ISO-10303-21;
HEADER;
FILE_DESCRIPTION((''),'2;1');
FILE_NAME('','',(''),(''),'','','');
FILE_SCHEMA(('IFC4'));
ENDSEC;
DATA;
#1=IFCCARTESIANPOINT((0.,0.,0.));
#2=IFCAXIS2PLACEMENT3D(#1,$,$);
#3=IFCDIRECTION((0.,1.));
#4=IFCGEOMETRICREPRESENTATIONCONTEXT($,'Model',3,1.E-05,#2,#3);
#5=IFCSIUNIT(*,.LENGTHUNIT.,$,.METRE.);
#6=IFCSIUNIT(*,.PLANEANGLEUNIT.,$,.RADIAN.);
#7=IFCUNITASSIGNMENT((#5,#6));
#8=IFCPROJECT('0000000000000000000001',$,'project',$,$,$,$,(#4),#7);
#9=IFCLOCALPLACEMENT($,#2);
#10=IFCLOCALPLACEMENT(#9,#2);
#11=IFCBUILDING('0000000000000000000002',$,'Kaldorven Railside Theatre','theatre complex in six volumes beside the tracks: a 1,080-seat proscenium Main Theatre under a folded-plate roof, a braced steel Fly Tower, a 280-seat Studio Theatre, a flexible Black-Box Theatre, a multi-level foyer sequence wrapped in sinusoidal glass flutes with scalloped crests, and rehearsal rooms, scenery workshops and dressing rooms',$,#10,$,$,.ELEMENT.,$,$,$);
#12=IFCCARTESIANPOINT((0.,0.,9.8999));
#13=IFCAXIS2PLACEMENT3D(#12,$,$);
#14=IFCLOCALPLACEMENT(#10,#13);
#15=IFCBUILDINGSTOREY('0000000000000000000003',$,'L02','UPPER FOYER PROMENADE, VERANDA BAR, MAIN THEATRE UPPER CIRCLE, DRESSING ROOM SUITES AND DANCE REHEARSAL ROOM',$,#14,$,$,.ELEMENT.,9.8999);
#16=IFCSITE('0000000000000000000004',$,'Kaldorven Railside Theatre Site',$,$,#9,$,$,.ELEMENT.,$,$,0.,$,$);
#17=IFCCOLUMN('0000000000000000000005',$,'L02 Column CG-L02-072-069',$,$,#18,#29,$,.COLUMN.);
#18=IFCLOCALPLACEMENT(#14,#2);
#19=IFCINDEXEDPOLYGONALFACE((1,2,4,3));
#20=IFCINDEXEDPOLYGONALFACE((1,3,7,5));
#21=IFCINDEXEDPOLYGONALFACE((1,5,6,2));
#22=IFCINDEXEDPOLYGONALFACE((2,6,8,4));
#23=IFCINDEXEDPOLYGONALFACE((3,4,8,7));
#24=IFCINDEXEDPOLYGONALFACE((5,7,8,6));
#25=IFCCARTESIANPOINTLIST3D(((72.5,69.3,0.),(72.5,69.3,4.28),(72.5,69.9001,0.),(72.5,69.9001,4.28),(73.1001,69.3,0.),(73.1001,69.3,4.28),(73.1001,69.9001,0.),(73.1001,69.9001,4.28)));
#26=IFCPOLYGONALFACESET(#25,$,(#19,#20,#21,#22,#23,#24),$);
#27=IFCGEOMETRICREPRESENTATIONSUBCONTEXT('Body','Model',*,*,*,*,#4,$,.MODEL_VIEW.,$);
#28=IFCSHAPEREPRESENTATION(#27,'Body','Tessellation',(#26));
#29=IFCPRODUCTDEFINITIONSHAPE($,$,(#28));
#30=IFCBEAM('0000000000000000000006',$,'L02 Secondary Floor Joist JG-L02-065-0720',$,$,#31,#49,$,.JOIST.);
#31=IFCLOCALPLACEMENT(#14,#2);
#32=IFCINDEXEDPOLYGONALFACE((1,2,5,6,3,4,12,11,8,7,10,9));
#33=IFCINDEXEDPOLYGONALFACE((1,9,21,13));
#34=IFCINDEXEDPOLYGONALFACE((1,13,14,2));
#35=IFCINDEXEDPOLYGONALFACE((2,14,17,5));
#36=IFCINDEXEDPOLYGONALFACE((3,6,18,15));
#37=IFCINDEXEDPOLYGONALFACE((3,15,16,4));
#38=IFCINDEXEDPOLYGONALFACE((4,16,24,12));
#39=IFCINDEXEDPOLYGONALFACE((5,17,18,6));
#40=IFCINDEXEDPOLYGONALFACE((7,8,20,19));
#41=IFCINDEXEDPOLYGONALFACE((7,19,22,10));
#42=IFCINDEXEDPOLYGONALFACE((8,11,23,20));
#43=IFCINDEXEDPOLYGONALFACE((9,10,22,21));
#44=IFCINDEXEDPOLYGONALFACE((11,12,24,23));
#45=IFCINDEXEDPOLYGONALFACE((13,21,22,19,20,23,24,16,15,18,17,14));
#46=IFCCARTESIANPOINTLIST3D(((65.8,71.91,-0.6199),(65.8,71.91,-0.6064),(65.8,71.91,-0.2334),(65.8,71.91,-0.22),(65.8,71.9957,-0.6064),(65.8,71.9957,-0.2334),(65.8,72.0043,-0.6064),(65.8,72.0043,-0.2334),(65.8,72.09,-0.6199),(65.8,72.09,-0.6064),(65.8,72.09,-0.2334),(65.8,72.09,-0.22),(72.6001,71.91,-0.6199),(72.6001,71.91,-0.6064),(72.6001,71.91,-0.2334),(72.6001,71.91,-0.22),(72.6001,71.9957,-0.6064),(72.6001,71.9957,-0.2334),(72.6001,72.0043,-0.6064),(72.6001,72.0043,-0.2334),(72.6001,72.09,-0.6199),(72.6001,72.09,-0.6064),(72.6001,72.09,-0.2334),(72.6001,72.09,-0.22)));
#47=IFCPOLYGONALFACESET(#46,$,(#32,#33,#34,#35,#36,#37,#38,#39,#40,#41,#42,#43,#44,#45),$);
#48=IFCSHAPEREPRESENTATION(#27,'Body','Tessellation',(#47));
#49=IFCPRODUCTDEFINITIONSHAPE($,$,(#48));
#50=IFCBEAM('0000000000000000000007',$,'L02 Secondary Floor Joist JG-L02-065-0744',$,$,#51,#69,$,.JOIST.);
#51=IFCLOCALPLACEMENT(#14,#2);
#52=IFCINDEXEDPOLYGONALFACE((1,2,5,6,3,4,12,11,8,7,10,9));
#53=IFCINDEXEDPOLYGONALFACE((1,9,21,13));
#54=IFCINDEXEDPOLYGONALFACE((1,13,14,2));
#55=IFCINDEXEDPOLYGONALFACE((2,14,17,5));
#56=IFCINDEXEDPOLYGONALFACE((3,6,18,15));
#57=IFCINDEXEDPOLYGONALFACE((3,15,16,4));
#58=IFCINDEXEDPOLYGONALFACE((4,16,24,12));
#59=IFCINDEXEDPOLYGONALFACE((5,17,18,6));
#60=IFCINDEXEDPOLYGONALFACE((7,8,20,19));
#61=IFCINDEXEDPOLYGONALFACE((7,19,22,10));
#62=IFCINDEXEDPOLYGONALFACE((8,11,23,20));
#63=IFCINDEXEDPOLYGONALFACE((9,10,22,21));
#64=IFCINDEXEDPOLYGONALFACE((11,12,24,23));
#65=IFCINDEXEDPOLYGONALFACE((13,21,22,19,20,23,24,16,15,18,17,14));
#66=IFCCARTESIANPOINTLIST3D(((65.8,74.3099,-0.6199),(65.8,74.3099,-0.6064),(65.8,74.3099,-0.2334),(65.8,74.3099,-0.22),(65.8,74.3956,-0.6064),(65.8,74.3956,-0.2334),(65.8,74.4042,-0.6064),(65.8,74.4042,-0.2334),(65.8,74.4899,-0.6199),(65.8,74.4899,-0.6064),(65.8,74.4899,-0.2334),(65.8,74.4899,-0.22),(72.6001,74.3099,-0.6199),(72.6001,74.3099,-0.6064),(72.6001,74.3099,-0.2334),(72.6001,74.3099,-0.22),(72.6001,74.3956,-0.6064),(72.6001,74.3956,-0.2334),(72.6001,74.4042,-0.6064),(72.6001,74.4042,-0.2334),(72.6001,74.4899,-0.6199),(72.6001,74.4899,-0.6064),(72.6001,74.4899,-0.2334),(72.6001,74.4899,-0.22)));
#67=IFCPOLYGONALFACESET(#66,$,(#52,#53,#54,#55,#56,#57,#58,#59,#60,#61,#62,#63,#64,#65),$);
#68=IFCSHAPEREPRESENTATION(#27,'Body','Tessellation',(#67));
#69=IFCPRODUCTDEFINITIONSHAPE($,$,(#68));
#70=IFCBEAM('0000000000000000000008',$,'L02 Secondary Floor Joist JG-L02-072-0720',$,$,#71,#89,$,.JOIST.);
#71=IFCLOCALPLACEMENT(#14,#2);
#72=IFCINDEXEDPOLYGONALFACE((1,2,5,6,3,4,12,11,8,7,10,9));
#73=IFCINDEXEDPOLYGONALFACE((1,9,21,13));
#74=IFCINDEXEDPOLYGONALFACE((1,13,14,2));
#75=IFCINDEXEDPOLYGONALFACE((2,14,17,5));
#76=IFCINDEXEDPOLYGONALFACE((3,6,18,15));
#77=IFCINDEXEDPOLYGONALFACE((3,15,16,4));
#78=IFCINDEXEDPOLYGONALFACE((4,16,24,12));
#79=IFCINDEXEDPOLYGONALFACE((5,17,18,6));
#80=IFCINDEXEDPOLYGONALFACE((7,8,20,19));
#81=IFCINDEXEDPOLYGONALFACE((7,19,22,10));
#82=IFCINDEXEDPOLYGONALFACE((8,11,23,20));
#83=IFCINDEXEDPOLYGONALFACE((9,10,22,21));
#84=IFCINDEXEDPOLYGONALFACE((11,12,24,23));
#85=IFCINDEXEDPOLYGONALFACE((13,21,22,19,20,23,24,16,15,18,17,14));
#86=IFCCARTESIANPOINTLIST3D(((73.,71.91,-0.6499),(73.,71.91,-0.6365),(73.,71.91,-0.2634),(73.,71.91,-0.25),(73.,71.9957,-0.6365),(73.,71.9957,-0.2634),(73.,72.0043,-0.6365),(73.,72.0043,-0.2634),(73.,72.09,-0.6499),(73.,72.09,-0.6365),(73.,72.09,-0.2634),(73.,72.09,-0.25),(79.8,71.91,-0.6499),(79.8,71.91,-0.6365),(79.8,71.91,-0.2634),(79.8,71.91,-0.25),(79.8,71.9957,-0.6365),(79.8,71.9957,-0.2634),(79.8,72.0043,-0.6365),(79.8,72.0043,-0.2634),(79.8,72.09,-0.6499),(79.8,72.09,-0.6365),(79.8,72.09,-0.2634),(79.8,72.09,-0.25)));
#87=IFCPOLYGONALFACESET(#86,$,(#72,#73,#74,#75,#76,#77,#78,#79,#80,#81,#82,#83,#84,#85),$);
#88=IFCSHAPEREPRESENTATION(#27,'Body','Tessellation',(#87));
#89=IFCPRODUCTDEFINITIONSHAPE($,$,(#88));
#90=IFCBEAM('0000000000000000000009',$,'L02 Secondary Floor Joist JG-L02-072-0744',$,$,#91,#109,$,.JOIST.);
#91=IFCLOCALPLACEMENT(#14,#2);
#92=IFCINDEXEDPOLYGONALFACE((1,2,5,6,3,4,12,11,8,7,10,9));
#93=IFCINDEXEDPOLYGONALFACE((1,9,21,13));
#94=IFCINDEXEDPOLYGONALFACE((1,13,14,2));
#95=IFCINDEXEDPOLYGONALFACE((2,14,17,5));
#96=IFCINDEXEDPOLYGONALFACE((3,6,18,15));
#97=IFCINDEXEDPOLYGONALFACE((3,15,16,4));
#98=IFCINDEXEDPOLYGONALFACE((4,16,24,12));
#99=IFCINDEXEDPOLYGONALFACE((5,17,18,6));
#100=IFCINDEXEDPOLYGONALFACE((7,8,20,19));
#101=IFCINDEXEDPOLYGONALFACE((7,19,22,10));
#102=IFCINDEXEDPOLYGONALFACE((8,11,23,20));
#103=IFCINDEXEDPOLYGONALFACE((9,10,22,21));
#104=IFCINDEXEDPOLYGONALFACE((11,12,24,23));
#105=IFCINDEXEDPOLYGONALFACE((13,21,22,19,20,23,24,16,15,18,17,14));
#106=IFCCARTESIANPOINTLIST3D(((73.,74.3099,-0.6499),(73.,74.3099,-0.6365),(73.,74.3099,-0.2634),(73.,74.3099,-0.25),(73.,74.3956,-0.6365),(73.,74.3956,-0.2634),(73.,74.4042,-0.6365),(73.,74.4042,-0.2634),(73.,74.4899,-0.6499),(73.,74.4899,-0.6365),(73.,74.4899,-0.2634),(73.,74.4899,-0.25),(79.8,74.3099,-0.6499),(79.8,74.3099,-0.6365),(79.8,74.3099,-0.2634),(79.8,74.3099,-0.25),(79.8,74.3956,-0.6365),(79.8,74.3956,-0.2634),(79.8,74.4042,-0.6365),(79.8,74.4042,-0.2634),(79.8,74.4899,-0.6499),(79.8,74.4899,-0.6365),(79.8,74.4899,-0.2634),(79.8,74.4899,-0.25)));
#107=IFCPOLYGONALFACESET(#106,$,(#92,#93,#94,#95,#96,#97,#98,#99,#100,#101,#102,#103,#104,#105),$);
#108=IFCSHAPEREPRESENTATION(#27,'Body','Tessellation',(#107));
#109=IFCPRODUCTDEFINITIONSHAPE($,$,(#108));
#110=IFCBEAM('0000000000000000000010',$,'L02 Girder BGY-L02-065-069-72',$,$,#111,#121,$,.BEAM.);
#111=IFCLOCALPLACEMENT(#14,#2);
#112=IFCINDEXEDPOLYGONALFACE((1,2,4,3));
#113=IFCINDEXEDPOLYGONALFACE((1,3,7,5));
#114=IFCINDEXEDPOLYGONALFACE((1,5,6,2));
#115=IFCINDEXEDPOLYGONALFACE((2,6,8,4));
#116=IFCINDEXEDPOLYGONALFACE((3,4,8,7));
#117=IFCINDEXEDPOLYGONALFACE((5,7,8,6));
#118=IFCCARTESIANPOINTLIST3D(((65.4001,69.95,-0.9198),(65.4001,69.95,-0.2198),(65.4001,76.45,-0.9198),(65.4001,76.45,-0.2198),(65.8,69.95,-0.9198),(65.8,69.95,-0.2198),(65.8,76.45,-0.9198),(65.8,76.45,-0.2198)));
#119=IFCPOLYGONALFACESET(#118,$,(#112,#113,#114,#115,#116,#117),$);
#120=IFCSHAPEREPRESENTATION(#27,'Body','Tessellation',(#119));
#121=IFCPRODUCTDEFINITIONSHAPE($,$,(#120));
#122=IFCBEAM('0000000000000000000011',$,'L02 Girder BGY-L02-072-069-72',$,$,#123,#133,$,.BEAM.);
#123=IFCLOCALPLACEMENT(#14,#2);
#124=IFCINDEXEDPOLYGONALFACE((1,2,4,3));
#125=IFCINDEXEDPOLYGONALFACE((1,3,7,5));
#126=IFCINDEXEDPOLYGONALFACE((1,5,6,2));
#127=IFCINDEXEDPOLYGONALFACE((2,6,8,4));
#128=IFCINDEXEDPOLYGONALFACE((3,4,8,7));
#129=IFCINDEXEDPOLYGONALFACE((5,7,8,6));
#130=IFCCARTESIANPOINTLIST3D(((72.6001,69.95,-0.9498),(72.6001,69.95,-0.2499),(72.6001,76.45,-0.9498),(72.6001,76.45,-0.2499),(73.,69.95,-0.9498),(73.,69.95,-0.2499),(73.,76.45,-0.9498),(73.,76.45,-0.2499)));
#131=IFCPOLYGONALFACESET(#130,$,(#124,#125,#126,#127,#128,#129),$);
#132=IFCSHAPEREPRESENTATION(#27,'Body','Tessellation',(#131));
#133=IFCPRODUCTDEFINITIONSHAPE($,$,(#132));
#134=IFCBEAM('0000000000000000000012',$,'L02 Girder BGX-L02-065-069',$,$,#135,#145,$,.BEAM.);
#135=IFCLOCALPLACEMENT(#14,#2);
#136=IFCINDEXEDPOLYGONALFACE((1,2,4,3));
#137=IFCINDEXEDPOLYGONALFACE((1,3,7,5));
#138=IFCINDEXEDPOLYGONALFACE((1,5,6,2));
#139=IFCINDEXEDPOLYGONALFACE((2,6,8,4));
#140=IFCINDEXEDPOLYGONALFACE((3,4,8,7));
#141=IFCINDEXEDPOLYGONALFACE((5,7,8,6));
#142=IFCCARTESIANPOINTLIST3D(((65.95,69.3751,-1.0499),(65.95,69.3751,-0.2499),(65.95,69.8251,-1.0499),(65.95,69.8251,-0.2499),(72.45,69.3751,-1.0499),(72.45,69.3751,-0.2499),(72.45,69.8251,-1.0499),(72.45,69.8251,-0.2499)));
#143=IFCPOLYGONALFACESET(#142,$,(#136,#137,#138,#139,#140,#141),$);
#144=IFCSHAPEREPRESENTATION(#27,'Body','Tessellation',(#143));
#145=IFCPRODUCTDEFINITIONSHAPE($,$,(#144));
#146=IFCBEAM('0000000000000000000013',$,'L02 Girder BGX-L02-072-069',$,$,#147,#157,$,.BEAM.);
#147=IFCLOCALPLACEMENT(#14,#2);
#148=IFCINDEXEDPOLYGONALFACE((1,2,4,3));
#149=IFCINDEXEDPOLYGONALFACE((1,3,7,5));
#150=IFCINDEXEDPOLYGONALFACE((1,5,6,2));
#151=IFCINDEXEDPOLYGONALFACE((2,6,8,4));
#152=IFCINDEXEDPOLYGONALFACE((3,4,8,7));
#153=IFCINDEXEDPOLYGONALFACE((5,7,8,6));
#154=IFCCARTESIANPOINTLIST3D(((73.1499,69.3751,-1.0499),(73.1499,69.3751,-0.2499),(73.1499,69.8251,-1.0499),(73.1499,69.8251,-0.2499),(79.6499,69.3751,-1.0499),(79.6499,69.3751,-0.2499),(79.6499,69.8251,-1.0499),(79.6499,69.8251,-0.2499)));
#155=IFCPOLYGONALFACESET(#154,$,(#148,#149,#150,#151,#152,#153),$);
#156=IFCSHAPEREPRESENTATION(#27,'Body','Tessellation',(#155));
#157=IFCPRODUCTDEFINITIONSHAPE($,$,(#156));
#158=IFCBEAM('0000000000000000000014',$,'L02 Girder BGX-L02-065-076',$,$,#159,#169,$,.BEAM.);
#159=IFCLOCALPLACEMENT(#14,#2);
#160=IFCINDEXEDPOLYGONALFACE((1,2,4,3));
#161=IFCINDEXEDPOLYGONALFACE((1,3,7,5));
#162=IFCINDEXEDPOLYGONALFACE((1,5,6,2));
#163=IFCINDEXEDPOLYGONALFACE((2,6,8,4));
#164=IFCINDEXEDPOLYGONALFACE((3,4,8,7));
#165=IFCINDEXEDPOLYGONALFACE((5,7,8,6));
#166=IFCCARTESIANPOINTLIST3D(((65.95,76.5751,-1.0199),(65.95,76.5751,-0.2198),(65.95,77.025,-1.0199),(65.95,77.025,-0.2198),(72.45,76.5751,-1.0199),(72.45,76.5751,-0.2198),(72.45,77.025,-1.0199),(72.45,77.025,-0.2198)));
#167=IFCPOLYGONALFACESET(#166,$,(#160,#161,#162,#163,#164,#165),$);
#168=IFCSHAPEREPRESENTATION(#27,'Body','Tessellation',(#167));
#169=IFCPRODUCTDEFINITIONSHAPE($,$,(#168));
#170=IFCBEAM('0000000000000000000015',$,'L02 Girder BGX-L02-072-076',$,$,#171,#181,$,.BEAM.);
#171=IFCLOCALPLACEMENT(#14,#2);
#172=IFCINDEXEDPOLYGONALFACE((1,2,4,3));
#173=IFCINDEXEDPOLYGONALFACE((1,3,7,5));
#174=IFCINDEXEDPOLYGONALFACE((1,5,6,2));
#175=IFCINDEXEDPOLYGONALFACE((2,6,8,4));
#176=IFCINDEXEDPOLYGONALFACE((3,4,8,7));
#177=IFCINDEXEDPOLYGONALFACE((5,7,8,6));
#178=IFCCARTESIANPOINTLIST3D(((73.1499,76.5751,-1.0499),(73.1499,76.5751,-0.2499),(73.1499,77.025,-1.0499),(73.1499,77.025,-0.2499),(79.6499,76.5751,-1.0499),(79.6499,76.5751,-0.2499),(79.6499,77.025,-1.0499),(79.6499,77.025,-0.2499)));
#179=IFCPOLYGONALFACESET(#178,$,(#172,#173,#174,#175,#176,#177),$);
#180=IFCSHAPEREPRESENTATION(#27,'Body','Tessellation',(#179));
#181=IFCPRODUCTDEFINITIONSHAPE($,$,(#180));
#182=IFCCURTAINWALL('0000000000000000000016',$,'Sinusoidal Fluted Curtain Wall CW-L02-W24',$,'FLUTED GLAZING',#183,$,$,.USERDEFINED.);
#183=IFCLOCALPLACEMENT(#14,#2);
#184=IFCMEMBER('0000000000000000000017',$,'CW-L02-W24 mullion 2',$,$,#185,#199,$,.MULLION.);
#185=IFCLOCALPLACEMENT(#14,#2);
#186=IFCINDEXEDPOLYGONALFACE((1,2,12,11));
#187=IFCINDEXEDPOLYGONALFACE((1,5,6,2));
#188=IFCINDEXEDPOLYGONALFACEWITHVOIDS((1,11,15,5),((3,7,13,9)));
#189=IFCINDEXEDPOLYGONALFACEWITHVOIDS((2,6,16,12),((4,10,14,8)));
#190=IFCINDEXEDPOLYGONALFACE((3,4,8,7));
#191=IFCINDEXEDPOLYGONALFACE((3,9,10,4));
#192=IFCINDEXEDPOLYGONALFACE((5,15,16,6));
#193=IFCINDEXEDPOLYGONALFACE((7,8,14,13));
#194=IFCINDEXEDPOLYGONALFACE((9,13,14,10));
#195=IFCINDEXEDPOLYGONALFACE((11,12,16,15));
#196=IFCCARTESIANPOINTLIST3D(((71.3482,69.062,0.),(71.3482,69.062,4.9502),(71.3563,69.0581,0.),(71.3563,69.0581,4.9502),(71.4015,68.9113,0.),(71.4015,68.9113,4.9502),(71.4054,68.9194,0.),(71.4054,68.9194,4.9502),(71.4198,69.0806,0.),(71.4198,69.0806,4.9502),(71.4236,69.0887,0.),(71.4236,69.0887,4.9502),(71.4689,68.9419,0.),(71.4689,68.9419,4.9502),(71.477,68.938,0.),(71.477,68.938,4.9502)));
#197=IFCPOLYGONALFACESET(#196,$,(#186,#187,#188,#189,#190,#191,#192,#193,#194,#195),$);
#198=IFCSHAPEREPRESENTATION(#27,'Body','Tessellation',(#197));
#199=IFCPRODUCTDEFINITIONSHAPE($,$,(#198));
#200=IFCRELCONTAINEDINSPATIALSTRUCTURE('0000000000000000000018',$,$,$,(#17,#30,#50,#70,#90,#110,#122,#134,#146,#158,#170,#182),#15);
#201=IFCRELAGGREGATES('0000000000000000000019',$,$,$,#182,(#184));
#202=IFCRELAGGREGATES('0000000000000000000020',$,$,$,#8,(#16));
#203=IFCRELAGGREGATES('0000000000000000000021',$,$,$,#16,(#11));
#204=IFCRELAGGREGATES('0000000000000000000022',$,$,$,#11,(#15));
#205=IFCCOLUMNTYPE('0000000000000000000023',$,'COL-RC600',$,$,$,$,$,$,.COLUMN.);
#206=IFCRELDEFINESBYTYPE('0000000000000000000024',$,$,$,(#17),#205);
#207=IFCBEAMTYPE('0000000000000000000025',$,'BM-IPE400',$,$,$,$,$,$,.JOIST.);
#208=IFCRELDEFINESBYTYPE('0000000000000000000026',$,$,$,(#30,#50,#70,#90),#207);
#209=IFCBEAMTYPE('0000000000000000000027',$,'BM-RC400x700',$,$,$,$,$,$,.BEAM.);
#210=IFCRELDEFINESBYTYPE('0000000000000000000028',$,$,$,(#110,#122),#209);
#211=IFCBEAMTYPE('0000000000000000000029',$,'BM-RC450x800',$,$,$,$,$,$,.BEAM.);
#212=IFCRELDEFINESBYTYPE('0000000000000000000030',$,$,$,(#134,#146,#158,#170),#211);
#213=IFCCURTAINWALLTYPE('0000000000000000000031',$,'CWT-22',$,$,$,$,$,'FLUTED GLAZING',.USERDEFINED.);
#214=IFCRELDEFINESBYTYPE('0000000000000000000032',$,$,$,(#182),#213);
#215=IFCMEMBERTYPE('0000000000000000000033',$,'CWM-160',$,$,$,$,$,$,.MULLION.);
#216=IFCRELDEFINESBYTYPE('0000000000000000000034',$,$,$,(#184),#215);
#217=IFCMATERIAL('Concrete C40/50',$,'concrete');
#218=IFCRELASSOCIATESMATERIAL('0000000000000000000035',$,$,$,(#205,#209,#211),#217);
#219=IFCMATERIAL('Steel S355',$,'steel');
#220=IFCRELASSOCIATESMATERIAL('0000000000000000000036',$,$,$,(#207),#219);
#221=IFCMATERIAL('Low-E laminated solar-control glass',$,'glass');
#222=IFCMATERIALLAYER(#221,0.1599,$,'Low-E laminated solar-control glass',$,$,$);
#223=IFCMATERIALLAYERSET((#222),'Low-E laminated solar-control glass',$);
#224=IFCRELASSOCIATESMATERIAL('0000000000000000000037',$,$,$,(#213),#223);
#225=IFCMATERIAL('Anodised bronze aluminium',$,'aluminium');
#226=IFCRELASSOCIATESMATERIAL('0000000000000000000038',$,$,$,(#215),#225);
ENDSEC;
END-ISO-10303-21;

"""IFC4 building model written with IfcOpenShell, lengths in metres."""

from ifc_helpers import new_model, si_unit, direction, frame, origin, origin_2d, place, context, subcontext, project, spatial, rectangle, hollow_rectangle, i_section, extrude, material, layer, layer_set, material_profile, profile_set, type_object, element, aggregate, save


model = new_model("IFC4")

# Units and contexts
model_context = context("Model", 3, precision=1e-05, world=origin(), true_north=direction((0.0, 1.0)))
body_context = subcontext(model_context, "Body", "Model", "MODEL_VIEW")
ifc_project = project(units=[si_unit("LENGTHUNIT", "METRE"), si_unit("PLANEANGLEUNIT", "RADIAN")], contexts=[model_context])

# Site, building, storey
site_placement = place(None, origin())
site = spatial("IfcSite", under=ifc_project, at=site_placement, Name="Kaldorven Railside Theatre Site", CompositionType="ELEMENT", RefElevation=0.0)
building_placement = place(site_placement, origin())
building = spatial("IfcBuilding", under=site, at=building_placement, Name="Kaldorven Railside Theatre", Description="theatre complex in six volumes beside the tracks: a 1,080-seat proscenium Main Theatre under a folded-plate roof, a braced steel Fly Tower, a 280-seat Studio Theatre, a flexible Black-Box Theatre, a multi-level foyer sequence wrapped in sinusoidal glass flutes with scalloped crests, and rehearsal rooms, scenery workshops and dressing rooms", CompositionType="ELEMENT")
storey_placement = place(building_placement, frame((0.0, 0.0, 9.8999)))
storey = spatial("IfcBuildingStorey", under=building, at=storey_placement, Name="L02", Description="UPPER FOYER PROMENADE, VERANDA BAR, MAIN THEATRE UPPER CIRCLE, DRESSING ROOM SUITES AND DANCE REHEARSAL ROOM", CompositionType="ELEMENT", Elevation=9.8999)

# Column
ifc_material_1 = material(Name="Concrete C40/50", Category="concrete")
ifc_material_profile_1 = material_profile(ifc_material_1, rectangle(XDim=0.6001, YDim=0.6001, at=origin_2d()), Name="RC 600x600")
ifc_profile_set_1 = profile_set([ifc_material_profile_1], Name="Concrete C40/50")
column_type = type_object("IfcColumnType", Name="COL-RC600", PredefinedType="COLUMN", material=ifc_profile_set_1)
column_placement = place(storey_placement, frame((72.8, 69.6001, 0.0), z_axis=(0.0, 0.0, 1.0), x_axis=(1.0, 0.0, 0.0)))
element("IfcColumn", 1, at=column_placement, inside=storey, type_object=column_type, Name="L02 Column CG-L02-072-069", PredefinedType="COLUMN", context=body_context, shape_type="SweptSolid", body=[
    extrude(rectangle(XDim=0.6001, YDim=0.6001, at=origin_2d()), origin(), (0.0, 0.0, 1.0), 4.28),
])

# Beams
ifc_material_2 = material(Name="Steel S355", Category="steel")
ifc_material_profile_2 = material_profile(ifc_material_2, i_section(OverallWidth=0.1799, OverallDepth=0.3999, WebThickness=0.0085, FlangeThickness=0.0134, at=origin_2d()), Name="IPE 400")
ifc_profile_set_2 = profile_set([ifc_material_profile_2], Name="Steel S355")
beam_type_1 = type_object("IfcBeamType", Name="BM-IPE400", PredefinedType="JOIST", material=ifc_profile_set_2)
for number, where, z_axis, x_axis, name in (
    (2, (65.8, 72.0, -0.4199), (1.0, 0.0, 0.0), (0.0, 1.0, 0.0), "L02 Secondary Floor Joist JG-L02-065-0720"),
    (3, (65.8, 74.3999, -0.4199), (1.0, 0.0, 0.0), (0.0, 1.0, 0.0), "L02 Secondary Floor Joist JG-L02-065-0744"),
    (4, (73.0, 72.0, -0.45), (1.0, 0.0, 0.0), (0.0, 1.0, 0.0), "L02 Secondary Floor Joist JG-L02-072-0720"),
    (5, (73.0, 74.3999, -0.45), (1.0, 0.0, 0.0), (0.0, 1.0, 0.0), "L02 Secondary Floor Joist JG-L02-072-0744"),
):
    element("IfcBeam", number, at=place(storey_placement, frame(where, z_axis=z_axis, x_axis=x_axis)), inside=storey, type_object=beam_type_1, Name=name, PredefinedType="JOIST", context=body_context, shape_type="SweptSolid", body=[
        extrude(i_section(OverallWidth=0.1799, OverallDepth=0.3999, WebThickness=0.0085, FlangeThickness=0.0134, at=origin_2d()), origin(), (0.0, 0.0, 1.0), 6.8),
    ])
ifc_material_profile_3 = material_profile(ifc_material_1, rectangle(XDim=0.3999, YDim=0.7, at=origin_2d()), Name="RC 400x700")
ifc_profile_set_3 = profile_set([ifc_material_profile_3], Name="Concrete C40/50")
beam_type_2 = type_object("IfcBeamType", Name="BM-RC400x700", PredefinedType="BEAM", material=ifc_profile_set_3)
for number, where, z_axis, x_axis, name in (
    (6, (65.6001, 69.95, -0.5698), (0.0, 1.0, 0.0), (-1.0, 0.0, 0.0), "L02 Girder BGY-L02-065-069-72"),
    (7, (72.8, 69.95, -0.5999), (0.0, 1.0, 0.0), (-1.0, 0.0, 0.0), "L02 Girder BGY-L02-072-069-72"),
):
    element("IfcBeam", number, at=place(storey_placement, frame(where, z_axis=z_axis, x_axis=x_axis)), inside=storey, type_object=beam_type_2, Name=name, PredefinedType="BEAM", context=body_context, shape_type="SweptSolid", body=[
        extrude(rectangle(XDim=0.3999, YDim=0.7, at=origin_2d()), origin(), (0.0, 0.0, 1.0), 6.5),
    ])
ifc_material_profile_4 = material_profile(ifc_material_1, rectangle(XDim=0.45, YDim=0.8, at=origin_2d()), Name="RC 450x800")
ifc_profile_set_4 = profile_set([ifc_material_profile_4], Name="Concrete C40/50")
beam_type_3 = type_object("IfcBeamType", Name="BM-RC450x800", PredefinedType="BEAM", material=ifc_profile_set_4)
for number, where, z_axis, x_axis, name in (
    (8, (65.95, 69.6001, -0.6499), (1.0, 0.0, 0.0), (0.0, 1.0, 0.0), "L02 Girder BGX-L02-065-069"),
    (9, (73.1499, 69.6001, -0.6499), (1.0, 0.0, 0.0), (0.0, 1.0, 0.0), "L02 Girder BGX-L02-072-069"),
    (10, (65.95, 76.8, -0.6199), (1.0, 0.0, 0.0), (0.0, 1.0, 0.0), "L02 Girder BGX-L02-065-076"),
    (11, (73.1499, 76.8, -0.6499), (1.0, 0.0, 0.0), (0.0, 1.0, 0.0), "L02 Girder BGX-L02-072-076"),
):
    element("IfcBeam", number, at=place(storey_placement, frame(where, z_axis=z_axis, x_axis=x_axis)), inside=storey, type_object=beam_type_3, Name=name, PredefinedType="BEAM", context=body_context, shape_type="SweptSolid", body=[
        extrude(rectangle(XDim=0.45, YDim=0.8, at=origin_2d()), origin(), (0.0, 0.0, 1.0), 6.5),
    ])

# Curtain wall, member
ifc_material_3 = material(Name="Low-E laminated solar-control glass", Category="glass")
ifc_layer_1 = layer(ifc_material_3, 0.1599, Name="Low-E laminated solar-control glass")
ifc_layer_set_1 = layer_set([ifc_layer_1], Name="Low-E laminated solar-control glass")
curtain_wall_type = type_object("IfcCurtainWallType", Name="CWT-22", ElementType="FLUTED GLAZING", PredefinedType="USERDEFINED", material=ifc_layer_set_1)
curtain_wall_placement = place(storey_placement, origin())
curtain_wall = element("IfcCurtainWall", 12, at=curtain_wall_placement, inside=storey, type_object=curtain_wall_type, Name="Sinusoidal Fluted Curtain Wall CW-L02-W24", ObjectType="FLUTED GLAZING", PredefinedType="USERDEFINED")
ifc_material_4 = material(Name="Anodised bronze aluminium", Category="aluminium")
ifc_material_profile_5 = material_profile(ifc_material_4, hollow_rectangle(XDim=0.0801, YDim=0.1599, WallThickness=0.0063, at=origin_2d()), Name="RHS 160x80x6.3")
ifc_profile_set_5 = profile_set([ifc_material_profile_5], Name="Anodised bronze aluminium")
member_type_1 = type_object("IfcMemberType", Name="CWM-160", PredefinedType="MULLION", material=ifc_profile_set_5)
member_1_placement = place(storey_placement, frame((71.4126, 69.0, 0.0), z_axis=(0.0, 0.0, 1.0), x_axis=(-0.942627, -0.333847, 0.0)))
member_1 = element("IfcMember", 13, at=member_1_placement, type_object=member_type_1, Name="CW-L02-W24 mullion 2", PredefinedType="MULLION", context=body_context, shape_type="SweptSolid", body=[
    extrude(hollow_rectangle(XDim=0.0801, YDim=0.1599, WallThickness=0.0063, at=origin_2d()), origin(), (0.0, 0.0, 1.0), 4.9502),
])
aggregate(curtain_wall, [member_1])

save(model, "model.ifc")
